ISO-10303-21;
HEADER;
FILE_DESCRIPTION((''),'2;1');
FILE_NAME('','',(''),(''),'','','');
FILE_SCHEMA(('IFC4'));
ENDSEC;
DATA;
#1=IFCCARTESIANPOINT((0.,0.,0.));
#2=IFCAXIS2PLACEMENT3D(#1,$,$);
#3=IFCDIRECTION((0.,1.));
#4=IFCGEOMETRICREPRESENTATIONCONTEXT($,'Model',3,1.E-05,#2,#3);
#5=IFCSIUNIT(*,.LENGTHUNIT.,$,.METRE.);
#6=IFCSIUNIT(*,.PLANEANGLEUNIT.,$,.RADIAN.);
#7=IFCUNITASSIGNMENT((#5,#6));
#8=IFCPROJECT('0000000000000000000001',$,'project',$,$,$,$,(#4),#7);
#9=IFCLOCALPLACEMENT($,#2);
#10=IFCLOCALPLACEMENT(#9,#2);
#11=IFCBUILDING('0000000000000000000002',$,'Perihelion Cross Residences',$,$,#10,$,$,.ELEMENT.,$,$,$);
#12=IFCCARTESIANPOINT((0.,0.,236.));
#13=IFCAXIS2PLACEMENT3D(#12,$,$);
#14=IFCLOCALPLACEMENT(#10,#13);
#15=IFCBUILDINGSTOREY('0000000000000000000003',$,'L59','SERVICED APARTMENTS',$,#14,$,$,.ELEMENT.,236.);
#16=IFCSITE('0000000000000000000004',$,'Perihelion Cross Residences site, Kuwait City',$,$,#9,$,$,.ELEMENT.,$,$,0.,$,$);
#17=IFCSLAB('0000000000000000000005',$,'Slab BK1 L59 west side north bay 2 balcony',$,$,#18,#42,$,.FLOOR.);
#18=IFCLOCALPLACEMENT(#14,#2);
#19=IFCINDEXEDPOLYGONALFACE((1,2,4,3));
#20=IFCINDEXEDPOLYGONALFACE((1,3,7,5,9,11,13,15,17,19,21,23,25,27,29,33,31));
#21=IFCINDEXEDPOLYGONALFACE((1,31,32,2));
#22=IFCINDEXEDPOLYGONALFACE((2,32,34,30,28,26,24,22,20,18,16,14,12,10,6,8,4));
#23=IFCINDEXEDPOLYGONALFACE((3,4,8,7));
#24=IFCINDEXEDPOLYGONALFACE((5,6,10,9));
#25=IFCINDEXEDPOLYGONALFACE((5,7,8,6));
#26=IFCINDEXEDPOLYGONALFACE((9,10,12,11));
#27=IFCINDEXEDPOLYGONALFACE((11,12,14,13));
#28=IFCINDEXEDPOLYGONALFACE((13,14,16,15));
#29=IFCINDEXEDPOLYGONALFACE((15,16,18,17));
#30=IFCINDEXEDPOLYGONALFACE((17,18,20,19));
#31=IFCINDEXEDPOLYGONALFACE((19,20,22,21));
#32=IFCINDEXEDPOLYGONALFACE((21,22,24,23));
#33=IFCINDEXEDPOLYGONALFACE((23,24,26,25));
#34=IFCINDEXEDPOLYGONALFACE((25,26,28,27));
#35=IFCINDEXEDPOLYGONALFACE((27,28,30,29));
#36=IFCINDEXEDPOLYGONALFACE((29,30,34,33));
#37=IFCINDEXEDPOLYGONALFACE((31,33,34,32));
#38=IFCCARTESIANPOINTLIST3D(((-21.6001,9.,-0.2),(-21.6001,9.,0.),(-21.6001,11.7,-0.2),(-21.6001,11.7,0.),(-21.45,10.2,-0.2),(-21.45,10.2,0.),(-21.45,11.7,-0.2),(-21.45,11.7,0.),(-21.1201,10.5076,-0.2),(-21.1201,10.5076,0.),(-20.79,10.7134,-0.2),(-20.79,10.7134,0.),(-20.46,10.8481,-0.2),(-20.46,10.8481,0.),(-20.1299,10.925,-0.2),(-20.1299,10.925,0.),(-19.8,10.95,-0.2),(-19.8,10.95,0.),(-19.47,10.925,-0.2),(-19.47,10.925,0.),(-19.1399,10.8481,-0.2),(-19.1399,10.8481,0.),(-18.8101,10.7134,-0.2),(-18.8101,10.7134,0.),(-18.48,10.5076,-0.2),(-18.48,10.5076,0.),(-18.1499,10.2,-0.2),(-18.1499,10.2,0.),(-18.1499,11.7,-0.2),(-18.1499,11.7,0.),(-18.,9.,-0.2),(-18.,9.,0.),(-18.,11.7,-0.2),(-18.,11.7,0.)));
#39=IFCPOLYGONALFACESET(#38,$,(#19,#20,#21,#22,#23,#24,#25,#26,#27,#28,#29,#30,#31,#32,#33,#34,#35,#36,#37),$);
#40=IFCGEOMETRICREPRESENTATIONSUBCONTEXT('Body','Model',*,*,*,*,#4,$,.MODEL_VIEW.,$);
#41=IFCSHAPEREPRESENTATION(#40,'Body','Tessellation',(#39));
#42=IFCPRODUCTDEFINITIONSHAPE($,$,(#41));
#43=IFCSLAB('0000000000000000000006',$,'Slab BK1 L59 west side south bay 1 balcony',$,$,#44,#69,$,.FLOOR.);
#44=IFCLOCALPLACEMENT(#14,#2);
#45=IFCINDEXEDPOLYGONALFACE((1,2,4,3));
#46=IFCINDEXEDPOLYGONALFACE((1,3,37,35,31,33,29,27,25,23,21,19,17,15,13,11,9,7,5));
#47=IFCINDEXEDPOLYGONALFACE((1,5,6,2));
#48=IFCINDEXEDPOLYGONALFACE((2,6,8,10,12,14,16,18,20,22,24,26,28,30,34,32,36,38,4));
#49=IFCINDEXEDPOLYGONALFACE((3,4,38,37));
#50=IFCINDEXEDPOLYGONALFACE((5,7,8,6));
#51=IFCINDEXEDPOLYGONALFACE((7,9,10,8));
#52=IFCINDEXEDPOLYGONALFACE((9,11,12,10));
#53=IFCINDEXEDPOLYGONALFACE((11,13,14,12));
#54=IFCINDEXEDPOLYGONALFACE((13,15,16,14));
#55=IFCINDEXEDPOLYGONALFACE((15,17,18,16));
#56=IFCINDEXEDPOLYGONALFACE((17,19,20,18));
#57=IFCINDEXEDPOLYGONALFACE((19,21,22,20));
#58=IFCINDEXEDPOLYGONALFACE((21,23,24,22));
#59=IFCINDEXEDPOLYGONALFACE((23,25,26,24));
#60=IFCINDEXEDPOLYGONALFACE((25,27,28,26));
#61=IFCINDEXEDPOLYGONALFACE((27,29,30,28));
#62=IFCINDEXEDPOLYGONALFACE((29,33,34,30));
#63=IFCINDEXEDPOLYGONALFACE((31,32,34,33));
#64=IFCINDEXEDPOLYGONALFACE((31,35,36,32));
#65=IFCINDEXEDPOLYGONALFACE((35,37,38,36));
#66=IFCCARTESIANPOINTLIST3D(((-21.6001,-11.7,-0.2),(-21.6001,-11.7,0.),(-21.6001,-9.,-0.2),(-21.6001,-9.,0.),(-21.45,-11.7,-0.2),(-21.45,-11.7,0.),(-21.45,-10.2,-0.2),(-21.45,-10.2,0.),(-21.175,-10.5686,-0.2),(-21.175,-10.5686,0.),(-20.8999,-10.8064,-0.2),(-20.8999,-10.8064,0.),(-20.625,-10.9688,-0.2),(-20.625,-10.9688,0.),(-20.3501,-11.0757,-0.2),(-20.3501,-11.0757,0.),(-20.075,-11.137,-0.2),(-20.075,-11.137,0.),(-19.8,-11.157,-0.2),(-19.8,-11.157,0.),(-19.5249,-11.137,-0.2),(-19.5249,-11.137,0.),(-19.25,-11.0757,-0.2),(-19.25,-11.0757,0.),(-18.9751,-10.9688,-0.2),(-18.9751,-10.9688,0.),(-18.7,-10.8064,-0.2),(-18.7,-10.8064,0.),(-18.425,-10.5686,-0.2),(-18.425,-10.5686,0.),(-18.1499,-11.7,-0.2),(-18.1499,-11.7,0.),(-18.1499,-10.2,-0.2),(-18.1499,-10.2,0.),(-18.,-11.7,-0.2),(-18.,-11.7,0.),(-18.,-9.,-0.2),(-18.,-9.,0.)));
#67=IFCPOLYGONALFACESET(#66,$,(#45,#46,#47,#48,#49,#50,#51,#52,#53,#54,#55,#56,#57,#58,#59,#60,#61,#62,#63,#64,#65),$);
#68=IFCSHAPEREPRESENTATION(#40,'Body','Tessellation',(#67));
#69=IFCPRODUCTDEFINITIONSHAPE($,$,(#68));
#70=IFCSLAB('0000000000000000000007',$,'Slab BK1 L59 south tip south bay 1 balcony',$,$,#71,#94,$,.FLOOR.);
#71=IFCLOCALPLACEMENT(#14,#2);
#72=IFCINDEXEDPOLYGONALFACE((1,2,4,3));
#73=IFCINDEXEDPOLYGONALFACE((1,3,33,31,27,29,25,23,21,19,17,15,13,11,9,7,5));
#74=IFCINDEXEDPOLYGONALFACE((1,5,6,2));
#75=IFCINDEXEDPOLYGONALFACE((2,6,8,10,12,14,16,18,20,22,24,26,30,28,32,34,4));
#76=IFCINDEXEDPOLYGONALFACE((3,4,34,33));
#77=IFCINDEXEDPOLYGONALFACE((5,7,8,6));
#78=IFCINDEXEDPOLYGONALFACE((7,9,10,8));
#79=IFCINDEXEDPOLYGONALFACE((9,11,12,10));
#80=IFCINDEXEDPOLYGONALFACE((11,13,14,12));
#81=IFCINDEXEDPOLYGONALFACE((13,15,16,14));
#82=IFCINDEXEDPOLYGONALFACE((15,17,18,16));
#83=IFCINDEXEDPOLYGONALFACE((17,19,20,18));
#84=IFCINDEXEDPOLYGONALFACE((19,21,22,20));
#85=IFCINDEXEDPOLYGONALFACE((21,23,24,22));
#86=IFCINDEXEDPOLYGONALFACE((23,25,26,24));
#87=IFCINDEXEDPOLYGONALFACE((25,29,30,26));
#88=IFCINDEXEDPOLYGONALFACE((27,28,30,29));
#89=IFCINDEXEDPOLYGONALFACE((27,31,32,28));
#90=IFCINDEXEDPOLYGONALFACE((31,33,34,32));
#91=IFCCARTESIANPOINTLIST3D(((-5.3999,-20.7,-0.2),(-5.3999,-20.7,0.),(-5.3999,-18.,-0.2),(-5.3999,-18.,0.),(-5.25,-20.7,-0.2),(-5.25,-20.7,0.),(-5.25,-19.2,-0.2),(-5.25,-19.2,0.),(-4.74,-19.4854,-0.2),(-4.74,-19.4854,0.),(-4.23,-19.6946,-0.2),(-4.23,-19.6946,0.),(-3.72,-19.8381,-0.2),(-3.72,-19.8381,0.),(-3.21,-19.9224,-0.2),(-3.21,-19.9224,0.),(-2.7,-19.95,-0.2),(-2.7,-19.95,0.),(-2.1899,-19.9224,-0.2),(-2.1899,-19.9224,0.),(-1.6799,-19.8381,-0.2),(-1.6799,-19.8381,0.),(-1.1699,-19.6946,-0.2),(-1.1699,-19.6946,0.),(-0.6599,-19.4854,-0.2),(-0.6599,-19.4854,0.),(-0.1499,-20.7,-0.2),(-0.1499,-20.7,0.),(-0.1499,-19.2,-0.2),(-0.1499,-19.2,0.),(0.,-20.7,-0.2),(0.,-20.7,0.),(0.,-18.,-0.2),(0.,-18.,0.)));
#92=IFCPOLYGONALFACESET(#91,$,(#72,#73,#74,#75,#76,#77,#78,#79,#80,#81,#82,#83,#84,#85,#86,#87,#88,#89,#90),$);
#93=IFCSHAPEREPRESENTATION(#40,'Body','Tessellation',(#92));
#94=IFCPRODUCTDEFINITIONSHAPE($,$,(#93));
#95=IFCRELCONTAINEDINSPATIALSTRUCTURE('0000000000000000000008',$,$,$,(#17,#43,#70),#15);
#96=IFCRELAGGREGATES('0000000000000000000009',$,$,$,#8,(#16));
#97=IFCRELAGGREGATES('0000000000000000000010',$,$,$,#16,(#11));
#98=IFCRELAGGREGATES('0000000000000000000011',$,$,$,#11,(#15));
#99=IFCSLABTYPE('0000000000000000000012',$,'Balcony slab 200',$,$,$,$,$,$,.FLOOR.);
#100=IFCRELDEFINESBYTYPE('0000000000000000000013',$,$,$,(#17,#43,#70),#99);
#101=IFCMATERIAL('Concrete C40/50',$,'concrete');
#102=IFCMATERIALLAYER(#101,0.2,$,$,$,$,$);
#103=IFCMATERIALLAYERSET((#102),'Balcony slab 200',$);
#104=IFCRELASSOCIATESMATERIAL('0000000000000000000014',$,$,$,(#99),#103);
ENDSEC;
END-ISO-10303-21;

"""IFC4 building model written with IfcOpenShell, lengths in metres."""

from ifc_helpers import new_model, si_unit, direction, frame, origin, place, context, subcontext, project, spatial, polyline, outline, extrude, material, layer, layer_set, type_object, element, save


model = new_model("IFC4")

# Units and contexts
model_context = context("Model", 3, precision=1e-05, world=origin(), true_north=direction((0.0, 1.0)))
body_context = subcontext(model_context, "Body", "Model", "MODEL_VIEW")
ifc_project = project(units=[si_unit("LENGTHUNIT", "METRE"), si_unit("PLANEANGLEUNIT", "RADIAN")], contexts=[model_context])

# Site, building, storey
site_placement = place(None, origin())
site = spatial("IfcSite", under=ifc_project, at=site_placement, Name="Perihelion Cross Residences site, Kuwait City", CompositionType="ELEMENT", RefElevation=0.0)
building_placement = place(site_placement, origin())
building = spatial("IfcBuilding", under=site, at=building_placement, Name="Perihelion Cross Residences", CompositionType="ELEMENT")
storey_placement = place(building_placement, frame((0.0, 0.0, 236.0)))
storey = spatial("IfcBuildingStorey", under=building, at=storey_placement, Name="L59", Description="SERVICED APARTMENTS", CompositionType="ELEMENT", Elevation=236.0)

# Slabs
ifc_material_1 = material(Name="Concrete C40/50", Category="concrete")
ifc_layer_1 = layer(ifc_material_1, 0.2)
ifc_layer_set_1 = layer_set([ifc_layer_1], Name="Balcony slab 200")
slab_type_1 = type_object("IfcSlabType", Name="Balcony slab 200", PredefinedType="FLOOR", material=ifc_layer_set_1)
slab_1_placement = place(storey_placement, frame((0.0, 0.0, -0.2)))
element("IfcSlab", 1, at=slab_1_placement, inside=storey, type_object=slab_type_1, Name="Slab BK1 L59 west side north bay 2 balcony", PredefinedType="FLOOR", context=body_context, shape_type="SweptSolid", body=[
    extrude(outline(polyline([(-18.0, 9.0), (-21.6001, 9.0), (-21.6001, 11.7), (-21.45, 11.7), (-21.45, 10.2), (-21.1201, 10.5076), (-20.79, 10.7134), (-20.46, 10.8481), (-20.1299, 10.925), (-19.8, 10.95), (-19.47, 10.925), (-19.1399, 10.8481), (-18.8101, 10.7134), (-18.48, 10.5076), (-18.1499, 10.2), (-18.1499, 11.7), (-18.0, 11.7), (-18.0, 9.0)])), origin(), (0.0, 0.0, 1.0), 0.2),
])
slab_2_placement = place(storey_placement, frame((0.0, 0.0, -0.2)))
element("IfcSlab", 2, at=slab_2_placement, inside=storey, type_object=slab_type_1, Name="Slab BK1 L59 west side south bay 1 balcony", PredefinedType="FLOOR", context=body_context, shape_type="SweptSolid", body=[
    extrude(outline(polyline([(-21.6001, -9.0), (-18.0, -9.0), (-18.0, -11.7), (-18.1499, -11.7), (-18.1499, -10.2), (-18.425, -10.5686), (-18.7, -10.8064), (-18.9751, -10.9688), (-19.25, -11.0757), (-19.5249, -11.137), (-19.8, -11.157), (-20.075, -11.137), (-20.3501, -11.0757), (-20.625, -10.9688), (-20.8999, -10.8064), (-21.175, -10.5686), (-21.45, -10.2), (-21.45, -11.7), (-21.6001, -11.7), (-21.6001, -9.0)])), origin(), (0.0, 0.0, 1.0), 0.2),
])
slab_3_placement = place(storey_placement, frame((0.0, 0.0, -0.2)))
element("IfcSlab", 3, at=slab_3_placement, inside=storey, type_object=slab_type_1, Name="Slab BK1 L59 south tip south bay 1 balcony", PredefinedType="FLOOR", context=body_context, shape_type="SweptSolid", body=[
    extrude(outline(polyline([(-5.3999, -18.0), (0.0, -18.0), (0.0, -20.7), (-0.1499, -20.7), (-0.1499, -19.2), (-0.6599, -19.4854), (-1.1699, -19.6946), (-1.6799, -19.8381), (-2.1899, -19.9224), (-2.7, -19.95), (-3.21, -19.9224), (-3.72, -19.8381), (-4.23, -19.6946), (-4.74, -19.4854), (-5.25, -19.2), (-5.25, -20.7), (-5.3999, -20.7), (-5.3999, -18.0)])), origin(), (0.0, 0.0, 1.0), 0.2),
])

save(model, "model.ifc")
